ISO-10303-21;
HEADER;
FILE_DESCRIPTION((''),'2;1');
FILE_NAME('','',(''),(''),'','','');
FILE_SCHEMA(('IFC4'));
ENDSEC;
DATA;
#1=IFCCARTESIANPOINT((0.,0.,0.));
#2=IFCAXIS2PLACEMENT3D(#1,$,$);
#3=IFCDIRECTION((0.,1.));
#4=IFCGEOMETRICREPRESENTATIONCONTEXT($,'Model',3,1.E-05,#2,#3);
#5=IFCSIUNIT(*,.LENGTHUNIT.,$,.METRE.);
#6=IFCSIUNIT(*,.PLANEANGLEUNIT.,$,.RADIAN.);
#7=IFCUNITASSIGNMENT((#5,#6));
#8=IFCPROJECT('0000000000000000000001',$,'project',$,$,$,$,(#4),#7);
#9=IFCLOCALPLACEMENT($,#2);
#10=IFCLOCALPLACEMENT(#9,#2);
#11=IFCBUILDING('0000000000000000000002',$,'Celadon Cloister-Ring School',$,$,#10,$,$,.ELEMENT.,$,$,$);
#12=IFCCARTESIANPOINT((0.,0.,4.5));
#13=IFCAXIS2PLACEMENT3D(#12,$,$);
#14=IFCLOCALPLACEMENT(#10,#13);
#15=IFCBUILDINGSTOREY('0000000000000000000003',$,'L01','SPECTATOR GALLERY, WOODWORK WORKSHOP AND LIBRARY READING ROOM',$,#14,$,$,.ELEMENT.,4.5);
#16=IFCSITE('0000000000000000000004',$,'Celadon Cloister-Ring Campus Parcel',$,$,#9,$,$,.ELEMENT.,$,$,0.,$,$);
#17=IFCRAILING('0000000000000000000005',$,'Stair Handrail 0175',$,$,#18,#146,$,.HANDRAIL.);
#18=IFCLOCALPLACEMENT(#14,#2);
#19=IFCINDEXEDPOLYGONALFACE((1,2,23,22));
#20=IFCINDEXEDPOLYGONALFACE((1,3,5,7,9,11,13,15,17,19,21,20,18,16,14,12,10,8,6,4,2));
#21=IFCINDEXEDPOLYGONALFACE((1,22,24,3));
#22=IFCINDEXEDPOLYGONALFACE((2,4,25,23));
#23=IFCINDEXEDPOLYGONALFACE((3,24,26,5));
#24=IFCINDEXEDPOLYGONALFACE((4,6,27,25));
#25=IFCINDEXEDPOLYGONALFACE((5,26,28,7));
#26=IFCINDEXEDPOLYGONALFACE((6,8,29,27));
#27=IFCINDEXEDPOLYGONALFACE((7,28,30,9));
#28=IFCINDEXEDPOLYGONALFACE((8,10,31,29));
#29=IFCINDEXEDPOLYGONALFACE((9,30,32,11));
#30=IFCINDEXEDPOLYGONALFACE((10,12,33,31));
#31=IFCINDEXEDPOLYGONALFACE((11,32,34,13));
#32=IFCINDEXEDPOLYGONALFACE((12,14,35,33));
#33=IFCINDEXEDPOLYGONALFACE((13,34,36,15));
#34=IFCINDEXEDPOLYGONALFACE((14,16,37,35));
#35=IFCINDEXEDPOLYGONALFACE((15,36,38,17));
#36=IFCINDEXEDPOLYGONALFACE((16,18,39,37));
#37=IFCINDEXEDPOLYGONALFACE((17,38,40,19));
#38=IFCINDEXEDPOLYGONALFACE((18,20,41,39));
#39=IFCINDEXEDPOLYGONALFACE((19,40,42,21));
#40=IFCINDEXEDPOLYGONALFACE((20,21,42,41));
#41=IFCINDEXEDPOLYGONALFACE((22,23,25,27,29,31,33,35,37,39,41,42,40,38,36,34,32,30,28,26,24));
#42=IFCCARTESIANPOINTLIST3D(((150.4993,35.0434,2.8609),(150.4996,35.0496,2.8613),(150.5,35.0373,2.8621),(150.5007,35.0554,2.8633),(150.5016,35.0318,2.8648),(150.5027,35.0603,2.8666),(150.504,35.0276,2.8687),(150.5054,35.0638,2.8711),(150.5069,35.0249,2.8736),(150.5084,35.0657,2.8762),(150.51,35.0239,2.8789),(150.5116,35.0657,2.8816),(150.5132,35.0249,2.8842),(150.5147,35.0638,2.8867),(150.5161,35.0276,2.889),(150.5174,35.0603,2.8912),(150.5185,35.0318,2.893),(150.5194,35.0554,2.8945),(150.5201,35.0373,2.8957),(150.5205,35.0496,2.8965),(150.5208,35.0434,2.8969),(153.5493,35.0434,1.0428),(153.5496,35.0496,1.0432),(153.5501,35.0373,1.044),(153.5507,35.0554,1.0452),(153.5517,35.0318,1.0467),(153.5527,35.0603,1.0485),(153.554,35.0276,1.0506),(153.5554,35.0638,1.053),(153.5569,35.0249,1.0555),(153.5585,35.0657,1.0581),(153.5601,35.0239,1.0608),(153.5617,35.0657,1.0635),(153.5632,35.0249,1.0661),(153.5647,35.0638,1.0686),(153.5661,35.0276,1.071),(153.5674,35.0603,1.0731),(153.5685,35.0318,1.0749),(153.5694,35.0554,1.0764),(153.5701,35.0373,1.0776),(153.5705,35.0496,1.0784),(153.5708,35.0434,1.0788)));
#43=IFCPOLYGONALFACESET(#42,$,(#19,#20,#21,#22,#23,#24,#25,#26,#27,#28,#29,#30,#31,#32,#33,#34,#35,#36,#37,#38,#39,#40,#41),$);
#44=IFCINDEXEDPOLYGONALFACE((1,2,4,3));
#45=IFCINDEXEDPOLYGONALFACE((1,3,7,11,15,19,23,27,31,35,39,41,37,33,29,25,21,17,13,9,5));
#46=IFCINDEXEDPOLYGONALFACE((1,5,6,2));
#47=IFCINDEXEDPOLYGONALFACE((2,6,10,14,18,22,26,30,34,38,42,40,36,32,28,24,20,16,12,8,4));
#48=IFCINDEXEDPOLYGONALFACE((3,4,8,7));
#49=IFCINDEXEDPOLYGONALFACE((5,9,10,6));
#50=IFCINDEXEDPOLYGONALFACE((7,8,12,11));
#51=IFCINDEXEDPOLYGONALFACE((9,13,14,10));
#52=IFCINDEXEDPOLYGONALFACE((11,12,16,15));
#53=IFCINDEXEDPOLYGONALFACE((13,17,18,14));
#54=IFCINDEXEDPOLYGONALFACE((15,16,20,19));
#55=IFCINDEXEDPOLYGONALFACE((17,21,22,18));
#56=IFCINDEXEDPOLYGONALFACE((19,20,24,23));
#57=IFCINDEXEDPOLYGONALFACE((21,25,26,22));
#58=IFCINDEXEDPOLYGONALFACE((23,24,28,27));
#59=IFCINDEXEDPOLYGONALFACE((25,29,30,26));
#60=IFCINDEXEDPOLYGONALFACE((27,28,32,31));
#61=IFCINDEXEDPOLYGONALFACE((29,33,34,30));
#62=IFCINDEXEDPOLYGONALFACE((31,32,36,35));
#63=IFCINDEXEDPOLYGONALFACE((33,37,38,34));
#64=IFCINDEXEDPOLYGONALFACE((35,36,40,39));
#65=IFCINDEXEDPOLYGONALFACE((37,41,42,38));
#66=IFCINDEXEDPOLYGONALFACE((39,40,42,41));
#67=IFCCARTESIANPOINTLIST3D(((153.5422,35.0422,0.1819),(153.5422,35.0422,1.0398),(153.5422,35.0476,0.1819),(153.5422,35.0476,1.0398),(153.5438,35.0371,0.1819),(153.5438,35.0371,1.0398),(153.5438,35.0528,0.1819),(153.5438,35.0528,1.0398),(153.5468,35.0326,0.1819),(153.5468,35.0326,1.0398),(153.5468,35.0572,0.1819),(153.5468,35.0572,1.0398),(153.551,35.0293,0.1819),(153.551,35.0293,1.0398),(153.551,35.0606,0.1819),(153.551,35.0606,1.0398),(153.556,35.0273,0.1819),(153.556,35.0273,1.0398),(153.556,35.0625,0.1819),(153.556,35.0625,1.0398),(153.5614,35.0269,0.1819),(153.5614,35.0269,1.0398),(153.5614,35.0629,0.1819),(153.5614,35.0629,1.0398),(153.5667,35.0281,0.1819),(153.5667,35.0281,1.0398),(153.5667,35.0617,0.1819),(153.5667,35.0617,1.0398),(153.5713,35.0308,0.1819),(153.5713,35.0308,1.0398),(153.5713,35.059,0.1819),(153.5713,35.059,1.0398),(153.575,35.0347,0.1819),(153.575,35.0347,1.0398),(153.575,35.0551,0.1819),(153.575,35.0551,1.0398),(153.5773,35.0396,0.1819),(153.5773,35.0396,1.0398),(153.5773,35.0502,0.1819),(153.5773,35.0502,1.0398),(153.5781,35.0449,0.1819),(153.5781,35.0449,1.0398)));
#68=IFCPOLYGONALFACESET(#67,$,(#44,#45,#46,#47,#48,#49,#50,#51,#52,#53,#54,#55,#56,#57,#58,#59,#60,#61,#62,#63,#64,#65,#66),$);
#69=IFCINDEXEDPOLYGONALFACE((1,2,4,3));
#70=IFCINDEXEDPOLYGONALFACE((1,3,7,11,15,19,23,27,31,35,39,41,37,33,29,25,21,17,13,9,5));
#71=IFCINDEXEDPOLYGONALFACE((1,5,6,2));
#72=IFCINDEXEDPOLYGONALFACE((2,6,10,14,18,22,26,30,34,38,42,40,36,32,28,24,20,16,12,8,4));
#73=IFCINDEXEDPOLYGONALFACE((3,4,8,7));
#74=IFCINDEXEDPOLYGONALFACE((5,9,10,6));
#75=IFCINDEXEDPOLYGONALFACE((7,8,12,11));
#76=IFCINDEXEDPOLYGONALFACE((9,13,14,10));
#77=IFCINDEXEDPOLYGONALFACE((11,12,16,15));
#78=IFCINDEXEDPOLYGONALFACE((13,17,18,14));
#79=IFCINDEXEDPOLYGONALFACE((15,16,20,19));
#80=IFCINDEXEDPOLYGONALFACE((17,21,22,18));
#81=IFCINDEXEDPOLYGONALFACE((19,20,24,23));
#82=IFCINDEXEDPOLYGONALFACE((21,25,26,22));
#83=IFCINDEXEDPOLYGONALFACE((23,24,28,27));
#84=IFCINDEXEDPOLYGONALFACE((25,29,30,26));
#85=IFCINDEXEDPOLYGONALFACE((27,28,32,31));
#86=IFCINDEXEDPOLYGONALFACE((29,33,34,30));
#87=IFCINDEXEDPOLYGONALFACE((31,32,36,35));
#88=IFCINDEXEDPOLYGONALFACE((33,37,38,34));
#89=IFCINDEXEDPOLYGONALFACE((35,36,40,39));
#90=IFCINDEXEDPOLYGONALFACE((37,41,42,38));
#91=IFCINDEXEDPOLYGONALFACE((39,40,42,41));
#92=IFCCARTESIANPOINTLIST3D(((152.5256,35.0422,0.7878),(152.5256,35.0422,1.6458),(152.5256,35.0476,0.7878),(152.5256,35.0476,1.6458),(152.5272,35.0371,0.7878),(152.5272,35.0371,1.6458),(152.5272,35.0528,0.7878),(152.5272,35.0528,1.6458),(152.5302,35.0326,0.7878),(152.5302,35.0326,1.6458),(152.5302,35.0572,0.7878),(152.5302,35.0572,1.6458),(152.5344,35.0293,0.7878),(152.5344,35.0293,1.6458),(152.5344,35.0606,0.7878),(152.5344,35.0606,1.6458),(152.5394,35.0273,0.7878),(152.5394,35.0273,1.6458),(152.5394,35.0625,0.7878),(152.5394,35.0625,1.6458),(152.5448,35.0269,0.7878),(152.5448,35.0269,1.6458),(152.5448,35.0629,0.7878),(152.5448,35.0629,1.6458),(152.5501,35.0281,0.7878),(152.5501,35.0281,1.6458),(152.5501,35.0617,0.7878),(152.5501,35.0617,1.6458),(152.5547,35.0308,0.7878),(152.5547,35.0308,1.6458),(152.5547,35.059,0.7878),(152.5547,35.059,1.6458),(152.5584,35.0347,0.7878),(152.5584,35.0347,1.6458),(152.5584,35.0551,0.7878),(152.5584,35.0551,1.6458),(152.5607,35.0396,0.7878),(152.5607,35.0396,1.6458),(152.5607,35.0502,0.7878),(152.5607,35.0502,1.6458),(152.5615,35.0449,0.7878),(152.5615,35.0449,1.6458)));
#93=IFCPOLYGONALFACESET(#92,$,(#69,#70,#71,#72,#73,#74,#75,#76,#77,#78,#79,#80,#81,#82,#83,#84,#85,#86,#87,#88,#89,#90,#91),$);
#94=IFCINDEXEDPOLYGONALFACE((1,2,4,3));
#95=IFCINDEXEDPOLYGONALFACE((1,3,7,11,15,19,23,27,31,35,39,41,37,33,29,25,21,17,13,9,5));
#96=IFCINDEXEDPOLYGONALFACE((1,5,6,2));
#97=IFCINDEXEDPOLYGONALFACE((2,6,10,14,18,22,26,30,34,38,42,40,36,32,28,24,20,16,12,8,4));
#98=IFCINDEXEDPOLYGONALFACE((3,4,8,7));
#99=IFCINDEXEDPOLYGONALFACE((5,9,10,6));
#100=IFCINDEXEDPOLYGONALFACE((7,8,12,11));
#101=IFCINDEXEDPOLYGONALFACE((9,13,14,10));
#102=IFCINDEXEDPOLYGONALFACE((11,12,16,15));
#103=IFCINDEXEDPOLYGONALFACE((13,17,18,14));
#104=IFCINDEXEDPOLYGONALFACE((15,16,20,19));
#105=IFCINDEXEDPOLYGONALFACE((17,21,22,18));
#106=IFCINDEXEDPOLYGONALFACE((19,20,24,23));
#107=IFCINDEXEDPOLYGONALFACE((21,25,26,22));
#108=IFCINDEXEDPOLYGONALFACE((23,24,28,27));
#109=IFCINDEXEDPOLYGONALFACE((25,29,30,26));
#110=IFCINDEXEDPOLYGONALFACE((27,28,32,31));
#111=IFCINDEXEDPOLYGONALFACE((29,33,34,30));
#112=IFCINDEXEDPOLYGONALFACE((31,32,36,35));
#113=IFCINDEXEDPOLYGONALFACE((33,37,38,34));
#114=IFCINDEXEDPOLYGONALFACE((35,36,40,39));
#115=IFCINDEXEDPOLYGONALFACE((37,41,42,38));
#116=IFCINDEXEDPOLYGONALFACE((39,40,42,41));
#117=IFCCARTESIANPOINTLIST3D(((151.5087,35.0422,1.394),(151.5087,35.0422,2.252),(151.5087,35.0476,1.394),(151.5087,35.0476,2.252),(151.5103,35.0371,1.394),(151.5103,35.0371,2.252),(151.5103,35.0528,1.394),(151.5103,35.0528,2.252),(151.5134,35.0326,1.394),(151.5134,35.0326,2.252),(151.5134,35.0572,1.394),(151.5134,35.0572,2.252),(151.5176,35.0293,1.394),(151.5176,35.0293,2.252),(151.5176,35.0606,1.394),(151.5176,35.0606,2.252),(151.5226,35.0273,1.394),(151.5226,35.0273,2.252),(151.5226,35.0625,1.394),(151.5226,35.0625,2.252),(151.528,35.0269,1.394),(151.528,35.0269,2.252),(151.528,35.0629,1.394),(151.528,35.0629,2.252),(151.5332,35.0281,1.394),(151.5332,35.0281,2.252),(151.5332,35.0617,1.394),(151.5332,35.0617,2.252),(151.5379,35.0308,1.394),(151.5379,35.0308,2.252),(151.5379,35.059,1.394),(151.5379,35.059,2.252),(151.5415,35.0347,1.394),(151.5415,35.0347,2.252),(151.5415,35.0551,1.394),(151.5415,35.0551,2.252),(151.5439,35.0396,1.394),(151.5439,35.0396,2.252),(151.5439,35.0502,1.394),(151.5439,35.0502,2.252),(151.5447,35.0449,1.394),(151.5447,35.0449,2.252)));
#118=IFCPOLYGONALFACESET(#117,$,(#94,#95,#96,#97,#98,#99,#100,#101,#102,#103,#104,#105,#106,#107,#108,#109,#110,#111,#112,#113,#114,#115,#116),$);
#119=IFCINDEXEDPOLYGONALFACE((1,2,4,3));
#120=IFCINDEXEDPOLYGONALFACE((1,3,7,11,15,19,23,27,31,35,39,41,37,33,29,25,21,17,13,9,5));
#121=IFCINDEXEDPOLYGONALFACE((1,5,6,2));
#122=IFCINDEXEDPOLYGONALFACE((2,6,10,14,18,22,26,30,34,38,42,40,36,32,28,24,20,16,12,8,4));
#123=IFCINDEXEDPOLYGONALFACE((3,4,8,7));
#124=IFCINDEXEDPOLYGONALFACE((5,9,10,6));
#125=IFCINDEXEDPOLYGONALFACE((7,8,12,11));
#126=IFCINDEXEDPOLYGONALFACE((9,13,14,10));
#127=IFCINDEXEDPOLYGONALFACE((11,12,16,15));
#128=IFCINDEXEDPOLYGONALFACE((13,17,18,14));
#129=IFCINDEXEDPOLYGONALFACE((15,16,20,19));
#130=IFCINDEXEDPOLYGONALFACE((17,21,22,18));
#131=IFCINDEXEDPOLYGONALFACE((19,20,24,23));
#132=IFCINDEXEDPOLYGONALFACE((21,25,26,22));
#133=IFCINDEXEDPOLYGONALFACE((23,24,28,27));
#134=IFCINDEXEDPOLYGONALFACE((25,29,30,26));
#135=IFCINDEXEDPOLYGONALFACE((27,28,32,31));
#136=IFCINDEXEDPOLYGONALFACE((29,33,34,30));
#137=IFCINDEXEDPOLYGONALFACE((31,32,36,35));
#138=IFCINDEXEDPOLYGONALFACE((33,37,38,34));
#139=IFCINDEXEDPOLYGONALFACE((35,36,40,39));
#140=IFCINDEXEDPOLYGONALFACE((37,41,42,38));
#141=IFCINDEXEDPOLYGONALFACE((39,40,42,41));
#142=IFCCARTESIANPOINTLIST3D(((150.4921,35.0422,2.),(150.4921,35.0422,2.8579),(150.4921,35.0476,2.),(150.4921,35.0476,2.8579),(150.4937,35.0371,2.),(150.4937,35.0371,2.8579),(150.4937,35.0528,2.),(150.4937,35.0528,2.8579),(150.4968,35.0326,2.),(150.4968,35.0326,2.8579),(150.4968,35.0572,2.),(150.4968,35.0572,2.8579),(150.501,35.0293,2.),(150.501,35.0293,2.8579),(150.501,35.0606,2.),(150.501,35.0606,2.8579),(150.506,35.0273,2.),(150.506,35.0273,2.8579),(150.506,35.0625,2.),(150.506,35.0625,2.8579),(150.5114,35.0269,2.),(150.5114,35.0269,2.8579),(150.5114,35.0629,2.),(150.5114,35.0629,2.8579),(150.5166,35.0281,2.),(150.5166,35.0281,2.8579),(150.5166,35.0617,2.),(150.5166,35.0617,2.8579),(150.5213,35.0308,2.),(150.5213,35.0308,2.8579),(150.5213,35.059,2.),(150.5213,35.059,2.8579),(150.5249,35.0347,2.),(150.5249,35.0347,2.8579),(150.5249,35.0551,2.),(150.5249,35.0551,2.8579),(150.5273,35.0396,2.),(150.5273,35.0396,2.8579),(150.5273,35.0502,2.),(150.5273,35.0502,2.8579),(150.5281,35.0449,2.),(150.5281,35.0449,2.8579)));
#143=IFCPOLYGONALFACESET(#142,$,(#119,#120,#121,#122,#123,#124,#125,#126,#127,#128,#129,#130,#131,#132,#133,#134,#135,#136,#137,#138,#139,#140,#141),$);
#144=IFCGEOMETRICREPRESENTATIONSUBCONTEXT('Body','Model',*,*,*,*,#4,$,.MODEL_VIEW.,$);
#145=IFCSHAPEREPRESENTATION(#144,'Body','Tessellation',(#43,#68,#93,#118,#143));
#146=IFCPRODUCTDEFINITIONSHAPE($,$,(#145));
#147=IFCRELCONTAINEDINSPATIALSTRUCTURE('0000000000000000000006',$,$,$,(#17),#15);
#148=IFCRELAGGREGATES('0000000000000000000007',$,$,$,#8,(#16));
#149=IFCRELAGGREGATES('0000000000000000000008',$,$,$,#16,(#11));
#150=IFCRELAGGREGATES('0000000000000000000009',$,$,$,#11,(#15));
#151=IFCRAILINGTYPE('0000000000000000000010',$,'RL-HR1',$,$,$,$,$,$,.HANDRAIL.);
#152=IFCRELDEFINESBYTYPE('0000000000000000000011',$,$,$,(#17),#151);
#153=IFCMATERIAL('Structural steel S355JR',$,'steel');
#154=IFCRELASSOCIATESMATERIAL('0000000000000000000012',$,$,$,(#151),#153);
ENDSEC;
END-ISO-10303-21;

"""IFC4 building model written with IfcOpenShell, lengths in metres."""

from ifc_helpers import new_model, si_unit, direction, frame, origin, origin_2d, place, context, subcontext, project, spatial, circle, extrude, material, type_object, element, save


model = new_model("IFC4")

# Units and contexts
model_context = context("Model", 3, precision=1e-05, world=origin(), true_north=direction((0.0, 1.0)))
body_context = subcontext(model_context, "Body", "Model", "MODEL_VIEW")
ifc_project = project(units=[si_unit("LENGTHUNIT", "METRE"), si_unit("PLANEANGLEUNIT", "RADIAN")], contexts=[model_context])

# Site, building, storey
site_placement = place(None, origin())
site = spatial("IfcSite", under=ifc_project, at=site_placement, Name="Celadon Cloister-Ring Campus Parcel", CompositionType="ELEMENT", RefElevation=0.0)
building_placement = place(site_placement, origin())
building = spatial("IfcBuilding", under=site, at=building_placement, Name="Celadon Cloister-Ring School", CompositionType="ELEMENT")
storey_placement = place(building_placement, frame((0.0, 0.0, 4.5)))
storey = spatial("IfcBuildingStorey", under=building, at=storey_placement, Name="L01", Description="SPECTATOR GALLERY, WOODWORK WORKSHOP AND LIBRARY READING ROOM", CompositionType="ELEMENT", Elevation=4.5)

# Railing
ifc_material_1 = material(Name="Structural steel S355JR", Category="steel")
railing_type_1 = type_object("IfcRailingType", Name="RL-HR1", PredefinedType="HANDRAIL", material=ifc_material_1)
for number, where, name in (
    (1, (153.5601, 35.0449, 0.1819), "Stair Handrail 0175"),
):
    element("IfcRailing", number, at=place(storey_placement, frame(where)), inside=storey, type_object=railing_type_1, Name=name, PredefinedType="HANDRAIL", context=body_context, shape_type="SweptSolid", body=[
        extrude(circle(Radius=0.021, at=origin_2d()), frame((0.0, 0.0, 0.8789), z_axis=(-0.85897, 0.0, 0.512026), x_axis=(0.0, -1.0, 0.0)), (0.0, 0.0, 1.0), 3.5508),
        extrude(circle(Radius=0.0181, at=origin_2d()), origin(), (0.0, 0.0, 1.0), 0.8579),
        extrude(circle(Radius=0.0181, at=origin_2d()), frame((-1.0166, 0.0, 0.606)), (0.0, 0.0, 1.0), 0.8579),
        extrude(circle(Radius=0.0181, at=origin_2d()), frame((-2.0334, 0.0, 1.2122)), (0.0, 0.0, 1.0), 0.8579),
        extrude(circle(Radius=0.0181, at=origin_2d()), frame((-3.05, 0.0, 1.8181)), (0.0, 0.0, 1.0), 0.8579),
    ])

save(model, "model.ifc")
